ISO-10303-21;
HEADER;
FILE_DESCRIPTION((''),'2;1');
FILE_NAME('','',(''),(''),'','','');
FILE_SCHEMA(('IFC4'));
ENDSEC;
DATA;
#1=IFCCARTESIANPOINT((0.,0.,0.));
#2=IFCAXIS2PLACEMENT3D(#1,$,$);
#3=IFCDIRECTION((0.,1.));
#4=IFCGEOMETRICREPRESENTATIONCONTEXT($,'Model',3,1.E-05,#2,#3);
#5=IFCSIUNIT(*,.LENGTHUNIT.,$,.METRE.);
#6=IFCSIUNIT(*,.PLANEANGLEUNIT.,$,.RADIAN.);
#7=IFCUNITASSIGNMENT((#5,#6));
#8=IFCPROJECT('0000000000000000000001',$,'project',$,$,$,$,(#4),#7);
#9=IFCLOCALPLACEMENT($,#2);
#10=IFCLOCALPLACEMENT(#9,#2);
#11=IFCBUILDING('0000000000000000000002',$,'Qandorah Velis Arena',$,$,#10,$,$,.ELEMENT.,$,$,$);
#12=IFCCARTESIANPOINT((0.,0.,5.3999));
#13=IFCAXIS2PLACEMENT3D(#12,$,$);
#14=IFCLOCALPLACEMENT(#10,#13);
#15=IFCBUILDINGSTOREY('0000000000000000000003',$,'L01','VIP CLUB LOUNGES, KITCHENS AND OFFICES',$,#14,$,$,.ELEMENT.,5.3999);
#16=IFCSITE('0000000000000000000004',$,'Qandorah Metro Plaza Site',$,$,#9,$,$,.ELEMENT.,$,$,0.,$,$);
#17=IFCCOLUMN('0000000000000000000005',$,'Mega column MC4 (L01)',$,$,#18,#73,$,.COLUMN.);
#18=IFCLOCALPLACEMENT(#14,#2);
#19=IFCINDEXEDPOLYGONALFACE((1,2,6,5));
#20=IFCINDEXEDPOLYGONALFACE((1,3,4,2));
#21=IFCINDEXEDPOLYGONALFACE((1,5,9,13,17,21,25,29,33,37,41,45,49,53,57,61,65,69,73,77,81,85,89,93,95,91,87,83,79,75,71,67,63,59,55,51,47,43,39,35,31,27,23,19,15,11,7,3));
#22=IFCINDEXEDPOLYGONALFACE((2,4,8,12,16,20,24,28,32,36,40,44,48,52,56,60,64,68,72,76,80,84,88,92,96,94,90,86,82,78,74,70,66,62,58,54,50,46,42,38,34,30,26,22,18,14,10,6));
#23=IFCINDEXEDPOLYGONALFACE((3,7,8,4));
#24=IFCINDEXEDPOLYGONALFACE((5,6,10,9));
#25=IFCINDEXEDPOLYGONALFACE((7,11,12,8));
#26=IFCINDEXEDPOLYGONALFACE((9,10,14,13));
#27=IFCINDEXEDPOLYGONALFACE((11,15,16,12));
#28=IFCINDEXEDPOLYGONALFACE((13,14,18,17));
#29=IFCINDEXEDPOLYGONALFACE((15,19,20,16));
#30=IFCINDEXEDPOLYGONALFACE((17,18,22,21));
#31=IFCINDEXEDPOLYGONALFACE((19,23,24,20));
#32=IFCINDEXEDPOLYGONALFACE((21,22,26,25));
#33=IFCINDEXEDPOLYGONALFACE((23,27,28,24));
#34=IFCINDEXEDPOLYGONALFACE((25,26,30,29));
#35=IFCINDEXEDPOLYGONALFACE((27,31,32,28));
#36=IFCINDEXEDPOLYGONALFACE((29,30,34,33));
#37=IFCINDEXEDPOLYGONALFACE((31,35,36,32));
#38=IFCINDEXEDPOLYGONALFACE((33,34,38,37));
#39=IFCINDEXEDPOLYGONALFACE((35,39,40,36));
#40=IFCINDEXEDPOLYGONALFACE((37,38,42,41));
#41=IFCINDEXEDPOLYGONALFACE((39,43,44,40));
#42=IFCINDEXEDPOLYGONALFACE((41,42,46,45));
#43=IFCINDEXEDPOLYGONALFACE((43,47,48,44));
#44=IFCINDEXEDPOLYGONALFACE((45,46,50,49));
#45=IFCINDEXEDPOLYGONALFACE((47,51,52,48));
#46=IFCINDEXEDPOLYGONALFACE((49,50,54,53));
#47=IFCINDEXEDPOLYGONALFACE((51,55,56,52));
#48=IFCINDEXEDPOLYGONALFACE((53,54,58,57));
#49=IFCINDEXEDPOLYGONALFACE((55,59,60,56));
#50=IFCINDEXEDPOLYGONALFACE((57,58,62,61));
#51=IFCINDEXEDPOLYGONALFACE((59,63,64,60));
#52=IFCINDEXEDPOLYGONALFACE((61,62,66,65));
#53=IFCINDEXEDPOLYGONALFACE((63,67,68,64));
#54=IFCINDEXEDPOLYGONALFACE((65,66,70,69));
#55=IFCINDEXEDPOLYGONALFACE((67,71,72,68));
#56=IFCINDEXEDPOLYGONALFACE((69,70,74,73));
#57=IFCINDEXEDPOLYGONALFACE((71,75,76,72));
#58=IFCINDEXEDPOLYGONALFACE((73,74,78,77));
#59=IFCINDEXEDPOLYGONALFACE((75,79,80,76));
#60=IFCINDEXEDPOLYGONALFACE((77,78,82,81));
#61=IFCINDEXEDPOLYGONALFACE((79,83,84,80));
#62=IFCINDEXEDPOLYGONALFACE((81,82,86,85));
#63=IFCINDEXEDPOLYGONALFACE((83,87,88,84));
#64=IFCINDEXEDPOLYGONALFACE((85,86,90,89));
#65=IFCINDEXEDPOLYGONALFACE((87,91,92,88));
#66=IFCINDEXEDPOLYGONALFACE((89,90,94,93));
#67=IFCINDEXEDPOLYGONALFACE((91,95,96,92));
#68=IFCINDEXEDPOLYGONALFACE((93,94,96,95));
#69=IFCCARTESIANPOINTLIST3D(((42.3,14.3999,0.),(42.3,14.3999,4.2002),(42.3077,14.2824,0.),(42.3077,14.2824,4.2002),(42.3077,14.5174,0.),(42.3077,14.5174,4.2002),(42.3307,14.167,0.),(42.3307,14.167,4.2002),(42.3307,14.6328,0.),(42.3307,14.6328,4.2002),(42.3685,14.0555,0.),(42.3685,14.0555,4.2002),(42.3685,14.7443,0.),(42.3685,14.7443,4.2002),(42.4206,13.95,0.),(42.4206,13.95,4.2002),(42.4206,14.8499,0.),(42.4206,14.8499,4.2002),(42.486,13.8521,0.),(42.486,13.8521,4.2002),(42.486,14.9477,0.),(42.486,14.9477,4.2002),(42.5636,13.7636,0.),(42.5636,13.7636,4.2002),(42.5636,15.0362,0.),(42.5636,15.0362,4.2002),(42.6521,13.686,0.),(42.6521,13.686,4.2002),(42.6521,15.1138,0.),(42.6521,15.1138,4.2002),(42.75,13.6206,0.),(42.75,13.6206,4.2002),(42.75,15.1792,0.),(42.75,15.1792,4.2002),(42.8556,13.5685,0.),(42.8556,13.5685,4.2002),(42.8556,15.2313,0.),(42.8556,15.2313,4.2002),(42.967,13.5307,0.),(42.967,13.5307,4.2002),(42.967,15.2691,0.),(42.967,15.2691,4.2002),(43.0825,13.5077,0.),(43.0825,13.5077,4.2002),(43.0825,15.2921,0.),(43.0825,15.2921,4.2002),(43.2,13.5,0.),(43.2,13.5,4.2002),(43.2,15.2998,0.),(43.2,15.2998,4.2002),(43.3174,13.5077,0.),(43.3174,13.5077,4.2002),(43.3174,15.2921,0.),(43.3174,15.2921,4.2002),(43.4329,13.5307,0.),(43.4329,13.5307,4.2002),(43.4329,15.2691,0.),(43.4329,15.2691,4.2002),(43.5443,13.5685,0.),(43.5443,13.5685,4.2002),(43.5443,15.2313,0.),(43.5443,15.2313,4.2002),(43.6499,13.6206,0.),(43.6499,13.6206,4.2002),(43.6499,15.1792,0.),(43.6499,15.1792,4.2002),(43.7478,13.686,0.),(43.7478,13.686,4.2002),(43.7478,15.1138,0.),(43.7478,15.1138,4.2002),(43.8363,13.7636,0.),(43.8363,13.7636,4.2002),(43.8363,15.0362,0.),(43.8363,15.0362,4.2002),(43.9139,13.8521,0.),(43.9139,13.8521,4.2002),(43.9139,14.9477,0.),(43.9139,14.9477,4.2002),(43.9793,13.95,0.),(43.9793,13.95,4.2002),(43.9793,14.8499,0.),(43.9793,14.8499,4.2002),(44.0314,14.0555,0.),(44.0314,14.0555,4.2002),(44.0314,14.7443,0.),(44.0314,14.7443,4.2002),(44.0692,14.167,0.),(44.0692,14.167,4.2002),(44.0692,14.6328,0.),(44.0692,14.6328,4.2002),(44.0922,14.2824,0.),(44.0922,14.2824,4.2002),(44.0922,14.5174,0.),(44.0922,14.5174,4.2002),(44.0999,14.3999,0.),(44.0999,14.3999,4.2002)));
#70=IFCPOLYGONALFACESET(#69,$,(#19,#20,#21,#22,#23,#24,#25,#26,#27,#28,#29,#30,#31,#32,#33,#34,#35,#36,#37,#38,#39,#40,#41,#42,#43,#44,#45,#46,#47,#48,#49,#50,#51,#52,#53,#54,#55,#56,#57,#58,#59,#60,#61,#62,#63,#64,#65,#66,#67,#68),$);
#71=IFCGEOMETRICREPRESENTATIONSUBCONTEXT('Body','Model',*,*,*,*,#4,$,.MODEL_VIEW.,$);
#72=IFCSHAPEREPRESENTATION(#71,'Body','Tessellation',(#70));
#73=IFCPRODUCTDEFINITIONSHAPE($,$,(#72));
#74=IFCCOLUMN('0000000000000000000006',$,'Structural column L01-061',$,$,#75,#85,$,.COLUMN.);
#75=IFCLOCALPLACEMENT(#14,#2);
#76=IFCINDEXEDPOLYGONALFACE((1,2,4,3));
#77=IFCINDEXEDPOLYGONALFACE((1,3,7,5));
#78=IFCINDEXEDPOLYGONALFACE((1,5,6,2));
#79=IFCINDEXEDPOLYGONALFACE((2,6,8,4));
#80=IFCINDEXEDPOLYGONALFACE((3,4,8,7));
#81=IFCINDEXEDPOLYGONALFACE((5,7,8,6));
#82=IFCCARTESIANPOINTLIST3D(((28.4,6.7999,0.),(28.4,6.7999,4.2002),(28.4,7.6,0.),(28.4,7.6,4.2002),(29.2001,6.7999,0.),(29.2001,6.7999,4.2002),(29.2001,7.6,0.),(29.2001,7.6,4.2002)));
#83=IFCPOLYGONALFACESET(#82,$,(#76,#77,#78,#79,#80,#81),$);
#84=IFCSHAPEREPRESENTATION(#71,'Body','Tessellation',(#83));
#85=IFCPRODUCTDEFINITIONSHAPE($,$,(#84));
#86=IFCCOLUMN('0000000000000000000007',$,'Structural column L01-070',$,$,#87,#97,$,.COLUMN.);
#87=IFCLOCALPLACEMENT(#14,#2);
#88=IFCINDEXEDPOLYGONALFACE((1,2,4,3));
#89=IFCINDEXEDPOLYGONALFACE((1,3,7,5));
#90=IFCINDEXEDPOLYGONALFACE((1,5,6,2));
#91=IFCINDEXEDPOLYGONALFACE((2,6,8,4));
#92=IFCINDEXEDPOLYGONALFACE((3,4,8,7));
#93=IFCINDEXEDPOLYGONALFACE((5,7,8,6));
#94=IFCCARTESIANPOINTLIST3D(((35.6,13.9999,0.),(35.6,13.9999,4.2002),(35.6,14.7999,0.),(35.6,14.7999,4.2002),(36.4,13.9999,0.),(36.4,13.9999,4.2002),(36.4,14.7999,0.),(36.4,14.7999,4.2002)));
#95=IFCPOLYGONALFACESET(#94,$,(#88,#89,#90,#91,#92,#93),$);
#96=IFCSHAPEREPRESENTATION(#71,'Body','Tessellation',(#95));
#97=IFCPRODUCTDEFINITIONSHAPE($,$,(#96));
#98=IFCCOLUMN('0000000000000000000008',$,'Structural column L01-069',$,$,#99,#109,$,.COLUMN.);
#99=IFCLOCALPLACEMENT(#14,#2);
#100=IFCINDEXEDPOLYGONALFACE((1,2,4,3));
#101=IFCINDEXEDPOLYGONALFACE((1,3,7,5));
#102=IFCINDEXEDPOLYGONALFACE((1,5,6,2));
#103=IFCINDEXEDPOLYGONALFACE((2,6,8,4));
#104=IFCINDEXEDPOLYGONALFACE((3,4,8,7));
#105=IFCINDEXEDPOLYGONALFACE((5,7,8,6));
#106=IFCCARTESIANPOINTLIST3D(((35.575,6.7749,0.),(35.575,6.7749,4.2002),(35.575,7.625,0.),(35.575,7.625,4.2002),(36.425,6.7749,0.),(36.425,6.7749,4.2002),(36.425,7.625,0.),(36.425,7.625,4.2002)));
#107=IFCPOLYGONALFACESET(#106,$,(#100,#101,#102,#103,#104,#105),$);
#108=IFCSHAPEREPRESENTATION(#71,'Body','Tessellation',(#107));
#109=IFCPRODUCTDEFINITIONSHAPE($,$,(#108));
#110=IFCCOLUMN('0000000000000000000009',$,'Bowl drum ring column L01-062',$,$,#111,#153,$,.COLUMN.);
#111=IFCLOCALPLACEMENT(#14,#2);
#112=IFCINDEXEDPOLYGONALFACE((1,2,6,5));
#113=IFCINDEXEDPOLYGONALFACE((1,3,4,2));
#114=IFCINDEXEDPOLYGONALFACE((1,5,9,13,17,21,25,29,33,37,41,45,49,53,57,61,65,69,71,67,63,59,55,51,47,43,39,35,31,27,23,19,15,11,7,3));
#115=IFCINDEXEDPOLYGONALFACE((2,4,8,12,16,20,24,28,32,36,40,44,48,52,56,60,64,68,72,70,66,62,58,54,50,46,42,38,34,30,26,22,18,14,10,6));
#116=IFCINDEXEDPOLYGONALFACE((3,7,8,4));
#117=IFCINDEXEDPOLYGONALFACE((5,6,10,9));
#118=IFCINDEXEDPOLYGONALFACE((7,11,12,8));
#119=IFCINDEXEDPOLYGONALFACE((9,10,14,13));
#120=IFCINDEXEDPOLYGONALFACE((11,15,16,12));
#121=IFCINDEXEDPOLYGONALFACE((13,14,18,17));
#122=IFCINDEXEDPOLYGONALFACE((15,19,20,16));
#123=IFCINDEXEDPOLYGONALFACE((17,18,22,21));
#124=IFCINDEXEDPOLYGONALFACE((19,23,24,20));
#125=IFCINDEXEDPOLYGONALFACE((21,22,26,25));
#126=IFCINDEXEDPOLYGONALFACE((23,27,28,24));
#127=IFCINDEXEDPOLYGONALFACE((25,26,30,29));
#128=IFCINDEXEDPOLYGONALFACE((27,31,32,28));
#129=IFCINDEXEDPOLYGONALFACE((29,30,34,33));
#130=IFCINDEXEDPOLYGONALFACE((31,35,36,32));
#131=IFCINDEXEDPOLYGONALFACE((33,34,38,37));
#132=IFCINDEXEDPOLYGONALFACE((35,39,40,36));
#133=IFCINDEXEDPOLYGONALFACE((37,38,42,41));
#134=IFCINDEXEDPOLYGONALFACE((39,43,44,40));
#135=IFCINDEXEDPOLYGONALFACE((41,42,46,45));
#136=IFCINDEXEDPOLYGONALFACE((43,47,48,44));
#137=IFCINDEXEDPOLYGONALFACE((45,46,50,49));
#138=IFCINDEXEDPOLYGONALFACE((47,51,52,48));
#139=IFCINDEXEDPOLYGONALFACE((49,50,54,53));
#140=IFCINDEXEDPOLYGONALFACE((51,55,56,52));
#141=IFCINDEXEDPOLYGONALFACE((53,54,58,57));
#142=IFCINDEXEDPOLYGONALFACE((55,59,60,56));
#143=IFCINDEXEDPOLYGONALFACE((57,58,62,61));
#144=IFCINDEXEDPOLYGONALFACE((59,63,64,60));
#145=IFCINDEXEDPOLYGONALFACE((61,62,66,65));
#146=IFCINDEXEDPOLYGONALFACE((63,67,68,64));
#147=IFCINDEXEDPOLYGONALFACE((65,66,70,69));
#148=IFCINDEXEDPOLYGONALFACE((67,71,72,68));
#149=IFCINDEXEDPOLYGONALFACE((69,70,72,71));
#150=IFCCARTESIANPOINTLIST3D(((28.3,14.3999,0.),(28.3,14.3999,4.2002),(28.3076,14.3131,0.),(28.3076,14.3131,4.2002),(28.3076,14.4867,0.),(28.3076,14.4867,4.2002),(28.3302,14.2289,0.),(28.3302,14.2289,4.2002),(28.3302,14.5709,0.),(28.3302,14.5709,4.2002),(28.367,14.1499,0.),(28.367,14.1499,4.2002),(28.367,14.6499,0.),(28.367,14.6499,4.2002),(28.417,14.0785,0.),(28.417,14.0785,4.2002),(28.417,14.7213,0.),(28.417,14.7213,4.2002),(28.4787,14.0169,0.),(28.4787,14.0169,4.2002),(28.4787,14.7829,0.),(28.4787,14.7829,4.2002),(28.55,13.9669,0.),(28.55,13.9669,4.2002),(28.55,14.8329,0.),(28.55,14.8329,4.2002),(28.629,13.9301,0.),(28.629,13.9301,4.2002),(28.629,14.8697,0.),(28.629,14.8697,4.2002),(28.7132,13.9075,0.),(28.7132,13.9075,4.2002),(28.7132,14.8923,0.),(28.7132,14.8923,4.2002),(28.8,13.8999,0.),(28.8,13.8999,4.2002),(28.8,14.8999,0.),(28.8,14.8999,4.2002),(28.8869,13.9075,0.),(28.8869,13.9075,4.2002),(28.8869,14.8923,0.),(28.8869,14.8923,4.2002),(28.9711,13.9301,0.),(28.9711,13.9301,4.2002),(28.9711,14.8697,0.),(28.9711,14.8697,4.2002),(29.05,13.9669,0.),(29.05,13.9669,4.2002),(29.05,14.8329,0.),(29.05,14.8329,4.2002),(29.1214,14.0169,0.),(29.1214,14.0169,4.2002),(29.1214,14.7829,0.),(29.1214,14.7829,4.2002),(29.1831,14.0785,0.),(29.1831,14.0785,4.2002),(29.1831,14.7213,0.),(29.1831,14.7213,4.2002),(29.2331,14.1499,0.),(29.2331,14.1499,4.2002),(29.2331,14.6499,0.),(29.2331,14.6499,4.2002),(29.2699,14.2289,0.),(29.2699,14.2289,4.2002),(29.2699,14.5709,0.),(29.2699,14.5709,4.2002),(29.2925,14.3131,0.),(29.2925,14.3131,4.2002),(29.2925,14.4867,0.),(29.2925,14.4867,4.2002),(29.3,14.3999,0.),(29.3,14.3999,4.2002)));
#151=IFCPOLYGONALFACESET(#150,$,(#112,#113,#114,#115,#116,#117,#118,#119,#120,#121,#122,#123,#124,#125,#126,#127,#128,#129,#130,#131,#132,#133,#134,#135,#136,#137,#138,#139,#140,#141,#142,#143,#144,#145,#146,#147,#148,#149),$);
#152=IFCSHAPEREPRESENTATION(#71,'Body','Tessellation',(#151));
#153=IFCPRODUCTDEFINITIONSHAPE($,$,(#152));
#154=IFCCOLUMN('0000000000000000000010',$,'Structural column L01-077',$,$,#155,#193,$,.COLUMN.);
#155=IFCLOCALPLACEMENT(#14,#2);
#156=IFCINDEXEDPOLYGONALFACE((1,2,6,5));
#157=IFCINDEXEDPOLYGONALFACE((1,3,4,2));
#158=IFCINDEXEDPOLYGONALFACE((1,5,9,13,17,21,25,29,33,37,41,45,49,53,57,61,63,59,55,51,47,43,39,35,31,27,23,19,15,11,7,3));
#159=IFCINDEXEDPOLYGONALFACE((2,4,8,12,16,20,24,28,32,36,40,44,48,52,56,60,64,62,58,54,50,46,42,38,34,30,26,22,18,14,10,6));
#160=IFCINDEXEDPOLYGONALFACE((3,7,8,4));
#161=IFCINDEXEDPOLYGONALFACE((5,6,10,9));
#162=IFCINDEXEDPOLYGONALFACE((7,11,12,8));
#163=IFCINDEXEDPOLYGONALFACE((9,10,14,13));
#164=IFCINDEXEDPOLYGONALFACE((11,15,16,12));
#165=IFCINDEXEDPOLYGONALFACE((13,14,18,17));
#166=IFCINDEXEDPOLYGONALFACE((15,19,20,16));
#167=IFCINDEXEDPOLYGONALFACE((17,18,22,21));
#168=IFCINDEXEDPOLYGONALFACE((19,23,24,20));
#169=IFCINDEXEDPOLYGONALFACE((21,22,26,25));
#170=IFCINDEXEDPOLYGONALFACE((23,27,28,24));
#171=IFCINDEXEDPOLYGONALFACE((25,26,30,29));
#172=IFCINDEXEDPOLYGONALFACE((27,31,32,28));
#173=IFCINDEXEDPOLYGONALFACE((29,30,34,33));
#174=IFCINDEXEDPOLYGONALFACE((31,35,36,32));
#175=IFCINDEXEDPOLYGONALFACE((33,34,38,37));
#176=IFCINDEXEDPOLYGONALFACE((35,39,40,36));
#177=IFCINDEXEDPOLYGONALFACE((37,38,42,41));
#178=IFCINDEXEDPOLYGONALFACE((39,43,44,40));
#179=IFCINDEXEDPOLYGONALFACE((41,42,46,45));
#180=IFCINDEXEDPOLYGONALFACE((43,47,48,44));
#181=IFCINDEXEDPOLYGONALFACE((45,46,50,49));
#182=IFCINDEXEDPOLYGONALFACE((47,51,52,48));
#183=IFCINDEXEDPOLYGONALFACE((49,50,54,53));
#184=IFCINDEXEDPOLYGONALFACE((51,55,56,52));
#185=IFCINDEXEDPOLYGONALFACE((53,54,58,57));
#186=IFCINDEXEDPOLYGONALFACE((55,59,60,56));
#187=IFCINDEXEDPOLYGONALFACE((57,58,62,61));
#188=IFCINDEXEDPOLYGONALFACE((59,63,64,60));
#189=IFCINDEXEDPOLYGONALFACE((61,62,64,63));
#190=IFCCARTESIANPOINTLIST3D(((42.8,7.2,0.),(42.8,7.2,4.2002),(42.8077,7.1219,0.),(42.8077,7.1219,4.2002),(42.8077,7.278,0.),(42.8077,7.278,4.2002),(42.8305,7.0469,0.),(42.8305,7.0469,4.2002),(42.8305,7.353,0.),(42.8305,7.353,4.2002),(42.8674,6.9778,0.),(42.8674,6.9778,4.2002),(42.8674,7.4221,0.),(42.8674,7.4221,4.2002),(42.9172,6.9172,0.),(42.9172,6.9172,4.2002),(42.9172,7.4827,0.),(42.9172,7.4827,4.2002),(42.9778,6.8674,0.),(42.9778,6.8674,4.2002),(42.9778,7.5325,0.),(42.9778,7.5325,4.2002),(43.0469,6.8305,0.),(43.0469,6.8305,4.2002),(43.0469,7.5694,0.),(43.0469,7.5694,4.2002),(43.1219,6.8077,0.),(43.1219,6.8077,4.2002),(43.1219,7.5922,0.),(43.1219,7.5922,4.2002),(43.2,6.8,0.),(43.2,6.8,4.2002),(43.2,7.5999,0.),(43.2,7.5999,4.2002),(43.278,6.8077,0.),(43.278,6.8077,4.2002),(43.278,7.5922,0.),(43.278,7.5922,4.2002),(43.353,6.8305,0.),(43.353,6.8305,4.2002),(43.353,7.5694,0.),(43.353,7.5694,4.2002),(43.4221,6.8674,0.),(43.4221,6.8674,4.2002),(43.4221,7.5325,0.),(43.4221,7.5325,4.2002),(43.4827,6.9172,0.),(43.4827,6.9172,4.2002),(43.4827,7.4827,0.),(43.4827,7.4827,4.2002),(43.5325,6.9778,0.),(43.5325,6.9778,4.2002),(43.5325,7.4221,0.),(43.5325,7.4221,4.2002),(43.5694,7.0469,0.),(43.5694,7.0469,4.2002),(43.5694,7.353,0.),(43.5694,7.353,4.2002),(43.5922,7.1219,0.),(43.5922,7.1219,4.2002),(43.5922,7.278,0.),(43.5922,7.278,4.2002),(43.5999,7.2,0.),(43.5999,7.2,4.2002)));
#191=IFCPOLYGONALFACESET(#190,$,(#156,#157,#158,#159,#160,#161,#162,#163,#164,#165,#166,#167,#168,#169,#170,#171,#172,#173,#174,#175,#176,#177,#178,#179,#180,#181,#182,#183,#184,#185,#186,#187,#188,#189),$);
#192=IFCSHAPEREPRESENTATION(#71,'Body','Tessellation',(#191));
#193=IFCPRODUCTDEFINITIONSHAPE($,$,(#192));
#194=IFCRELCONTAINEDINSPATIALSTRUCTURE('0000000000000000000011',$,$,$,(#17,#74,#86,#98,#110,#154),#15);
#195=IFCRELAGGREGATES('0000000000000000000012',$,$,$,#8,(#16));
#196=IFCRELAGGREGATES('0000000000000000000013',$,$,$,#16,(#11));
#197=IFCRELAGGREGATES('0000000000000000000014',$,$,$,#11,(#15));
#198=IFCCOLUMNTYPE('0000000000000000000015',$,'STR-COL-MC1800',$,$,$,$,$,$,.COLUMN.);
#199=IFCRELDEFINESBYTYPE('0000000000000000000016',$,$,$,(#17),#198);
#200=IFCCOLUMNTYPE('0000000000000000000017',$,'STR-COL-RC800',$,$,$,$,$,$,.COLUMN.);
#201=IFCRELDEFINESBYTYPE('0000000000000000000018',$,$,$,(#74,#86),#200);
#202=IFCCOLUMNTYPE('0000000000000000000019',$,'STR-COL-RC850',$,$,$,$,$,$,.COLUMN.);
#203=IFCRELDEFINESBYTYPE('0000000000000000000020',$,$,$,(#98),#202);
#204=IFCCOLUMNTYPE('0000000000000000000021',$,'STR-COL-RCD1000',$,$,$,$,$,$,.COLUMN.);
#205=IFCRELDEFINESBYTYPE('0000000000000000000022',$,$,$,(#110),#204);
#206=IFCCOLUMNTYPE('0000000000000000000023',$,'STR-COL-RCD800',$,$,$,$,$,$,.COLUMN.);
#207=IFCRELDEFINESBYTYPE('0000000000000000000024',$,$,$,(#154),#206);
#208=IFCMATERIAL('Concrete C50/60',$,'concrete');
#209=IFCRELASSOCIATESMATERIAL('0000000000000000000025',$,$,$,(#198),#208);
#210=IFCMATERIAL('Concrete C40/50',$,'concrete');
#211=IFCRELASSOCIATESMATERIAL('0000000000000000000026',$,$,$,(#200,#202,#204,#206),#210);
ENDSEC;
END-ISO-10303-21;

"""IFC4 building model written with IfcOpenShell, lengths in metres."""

from ifc_helpers import new_model, si_unit, direction, frame, origin, origin_2d, place, context, subcontext, project, spatial, rectangle, circle, extrude, material, material_profile, profile_set, type_object, element, save


model = new_model("IFC4")

# Units and contexts
model_context = context("Model", 3, precision=1e-05, world=origin(), true_north=direction((0.0, 1.0)))
body_context = subcontext(model_context, "Body", "Model", "MODEL_VIEW")
ifc_project = project(units=[si_unit("LENGTHUNIT", "METRE"), si_unit("PLANEANGLEUNIT", "RADIAN")], contexts=[model_context])

# Site, building, storey
site_placement = place(None, origin())
site = spatial("IfcSite", under=ifc_project, at=site_placement, Name="Qandorah Metro Plaza Site", CompositionType="ELEMENT", RefElevation=0.0)
building_placement = place(site_placement, origin())
building = spatial("IfcBuilding", under=site, at=building_placement, Name="Qandorah Velis Arena", CompositionType="ELEMENT")
storey_placement = place(building_placement, frame((0.0, 0.0, 5.3999)))
storey = spatial("IfcBuildingStorey", under=building, at=storey_placement, Name="L01", Description="VIP CLUB LOUNGES, KITCHENS AND OFFICES", CompositionType="ELEMENT", Elevation=5.3999)

# Columns
ifc_material_1 = material(Name="Concrete C50/60", Category="concrete")
ifc_material_profile_1 = material_profile(ifc_material_1, circle(Radius=0.8999, at=origin_2d()), Name="MC D1800")
ifc_profile_set_1 = profile_set([ifc_material_profile_1], Name="Concrete C50/60")
column_type_1 = type_object("IfcColumnType", Name="STR-COL-MC1800", PredefinedType="COLUMN", material=ifc_profile_set_1)
column_1_placement = place(storey_placement, frame((43.2, 14.3999, 0.0), z_axis=(0.0, 0.0, 1.0), x_axis=(1.0, 0.0, 0.0)))
element("IfcColumn", 1, at=column_1_placement, inside=storey, type_object=column_type_1, Name="Mega column MC4 (L01)", PredefinedType="COLUMN", context=body_context, shape_type="SweptSolid", body=[
    extrude(circle(Radius=0.8999, at=origin_2d()), origin(), (0.0, 0.0, 1.0), 4.2002),
])
ifc_material_2 = material(Name="Concrete C40/50", Category="concrete")
ifc_material_profile_2 = material_profile(ifc_material_2, rectangle(XDim=0.8, YDim=0.8, at=origin_2d()), Name="RC COL 800x800")
ifc_profile_set_2 = profile_set([ifc_material_profile_2], Name="Concrete C40/50")
column_type_2 = type_object("IfcColumnType", Name="STR-COL-RC800", PredefinedType="COLUMN", material=ifc_profile_set_2)
for number, where, z_axis, x_axis, name in (
    (2, (28.8, 7.2, 0.0), (0.0, 0.0, 1.0), (1.0, 0.0, 0.0), "Structural column L01-061"),
    (3, (36.0, 14.3999, 0.0), (0.0, 0.0, 1.0), (1.0, 0.0, 0.0), "Structural column L01-070"),
):
    element("IfcColumn", number, at=place(storey_placement, frame(where, z_axis=z_axis, x_axis=x_axis)), inside=storey, type_object=column_type_2, Name=name, PredefinedType="COLUMN", context=body_context, shape_type="SweptSolid", body=[
        extrude(rectangle(XDim=0.8, YDim=0.8, at=origin_2d()), origin(), (0.0, 0.0, 1.0), 4.2002),
    ])
ifc_material_profile_3 = material_profile(ifc_material_2, rectangle(XDim=0.8501, YDim=0.8501, at=origin_2d()), Name="RC COL 850x850")
ifc_profile_set_3 = profile_set([ifc_material_profile_3], Name="Concrete C40/50")
column_type_3 = type_object("IfcColumnType", Name="STR-COL-RC850", PredefinedType="COLUMN", material=ifc_profile_set_3)
column_2_placement = place(storey_placement, frame((36.0, 7.2, 0.0), z_axis=(0.0, 0.0, 1.0), x_axis=(1.0, 0.0, 0.0)))
element("IfcColumn", 4, at=column_2_placement, inside=storey, type_object=column_type_3, Name="Structural column L01-069", PredefinedType="COLUMN", context=body_context, shape_type="SweptSolid", body=[
    extrude(rectangle(XDim=0.8501, YDim=0.8501, at=origin_2d()), origin(), (0.0, 0.0, 1.0), 4.2002),
])
ifc_material_profile_4 = material_profile(ifc_material_2, circle(Radius=0.5, at=origin_2d()), Name="RC D1000")
ifc_profile_set_4 = profile_set([ifc_material_profile_4], Name="Concrete C40/50")
column_type_4 = type_object("IfcColumnType", Name="STR-COL-RCD1000", PredefinedType="COLUMN", material=ifc_profile_set_4)
column_3_placement = place(storey_placement, frame((28.8, 14.3999, 0.0), z_axis=(0.0, 0.0, 1.0), x_axis=(1.0, 0.0, 0.0)))
element("IfcColumn", 5, at=column_3_placement, inside=storey, type_object=column_type_4, Name="Bowl drum ring column L01-062", PredefinedType="COLUMN", context=body_context, shape_type="SweptSolid", body=[
    extrude(circle(Radius=0.5, at=origin_2d()), origin(), (0.0, 0.0, 1.0), 4.2002),
])
ifc_material_profile_5 = material_profile(ifc_material_2, circle(Radius=0.3999, at=origin_2d()), Name="RC D800")
ifc_profile_set_5 = profile_set([ifc_material_profile_5], Name="Concrete C40/50")
column_type_5 = type_object("IfcColumnType", Name="STR-COL-RCD800", PredefinedType="COLUMN", material=ifc_profile_set_5)
column_4_placement = place(storey_placement, frame((43.2, 7.2, 0.0), z_axis=(0.0, 0.0, 1.0), x_axis=(1.0, 0.0, 0.0)))
element("IfcColumn", 6, at=column_4_placement, inside=storey, type_object=column_type_5, Name="Structural column L01-077", PredefinedType="COLUMN", context=body_context, shape_type="SweptSolid", body=[
    extrude(circle(Radius=0.3999, at=origin_2d()), origin(), (0.0, 0.0, 1.0), 4.2002),
])

save(model, "model.ifc")
